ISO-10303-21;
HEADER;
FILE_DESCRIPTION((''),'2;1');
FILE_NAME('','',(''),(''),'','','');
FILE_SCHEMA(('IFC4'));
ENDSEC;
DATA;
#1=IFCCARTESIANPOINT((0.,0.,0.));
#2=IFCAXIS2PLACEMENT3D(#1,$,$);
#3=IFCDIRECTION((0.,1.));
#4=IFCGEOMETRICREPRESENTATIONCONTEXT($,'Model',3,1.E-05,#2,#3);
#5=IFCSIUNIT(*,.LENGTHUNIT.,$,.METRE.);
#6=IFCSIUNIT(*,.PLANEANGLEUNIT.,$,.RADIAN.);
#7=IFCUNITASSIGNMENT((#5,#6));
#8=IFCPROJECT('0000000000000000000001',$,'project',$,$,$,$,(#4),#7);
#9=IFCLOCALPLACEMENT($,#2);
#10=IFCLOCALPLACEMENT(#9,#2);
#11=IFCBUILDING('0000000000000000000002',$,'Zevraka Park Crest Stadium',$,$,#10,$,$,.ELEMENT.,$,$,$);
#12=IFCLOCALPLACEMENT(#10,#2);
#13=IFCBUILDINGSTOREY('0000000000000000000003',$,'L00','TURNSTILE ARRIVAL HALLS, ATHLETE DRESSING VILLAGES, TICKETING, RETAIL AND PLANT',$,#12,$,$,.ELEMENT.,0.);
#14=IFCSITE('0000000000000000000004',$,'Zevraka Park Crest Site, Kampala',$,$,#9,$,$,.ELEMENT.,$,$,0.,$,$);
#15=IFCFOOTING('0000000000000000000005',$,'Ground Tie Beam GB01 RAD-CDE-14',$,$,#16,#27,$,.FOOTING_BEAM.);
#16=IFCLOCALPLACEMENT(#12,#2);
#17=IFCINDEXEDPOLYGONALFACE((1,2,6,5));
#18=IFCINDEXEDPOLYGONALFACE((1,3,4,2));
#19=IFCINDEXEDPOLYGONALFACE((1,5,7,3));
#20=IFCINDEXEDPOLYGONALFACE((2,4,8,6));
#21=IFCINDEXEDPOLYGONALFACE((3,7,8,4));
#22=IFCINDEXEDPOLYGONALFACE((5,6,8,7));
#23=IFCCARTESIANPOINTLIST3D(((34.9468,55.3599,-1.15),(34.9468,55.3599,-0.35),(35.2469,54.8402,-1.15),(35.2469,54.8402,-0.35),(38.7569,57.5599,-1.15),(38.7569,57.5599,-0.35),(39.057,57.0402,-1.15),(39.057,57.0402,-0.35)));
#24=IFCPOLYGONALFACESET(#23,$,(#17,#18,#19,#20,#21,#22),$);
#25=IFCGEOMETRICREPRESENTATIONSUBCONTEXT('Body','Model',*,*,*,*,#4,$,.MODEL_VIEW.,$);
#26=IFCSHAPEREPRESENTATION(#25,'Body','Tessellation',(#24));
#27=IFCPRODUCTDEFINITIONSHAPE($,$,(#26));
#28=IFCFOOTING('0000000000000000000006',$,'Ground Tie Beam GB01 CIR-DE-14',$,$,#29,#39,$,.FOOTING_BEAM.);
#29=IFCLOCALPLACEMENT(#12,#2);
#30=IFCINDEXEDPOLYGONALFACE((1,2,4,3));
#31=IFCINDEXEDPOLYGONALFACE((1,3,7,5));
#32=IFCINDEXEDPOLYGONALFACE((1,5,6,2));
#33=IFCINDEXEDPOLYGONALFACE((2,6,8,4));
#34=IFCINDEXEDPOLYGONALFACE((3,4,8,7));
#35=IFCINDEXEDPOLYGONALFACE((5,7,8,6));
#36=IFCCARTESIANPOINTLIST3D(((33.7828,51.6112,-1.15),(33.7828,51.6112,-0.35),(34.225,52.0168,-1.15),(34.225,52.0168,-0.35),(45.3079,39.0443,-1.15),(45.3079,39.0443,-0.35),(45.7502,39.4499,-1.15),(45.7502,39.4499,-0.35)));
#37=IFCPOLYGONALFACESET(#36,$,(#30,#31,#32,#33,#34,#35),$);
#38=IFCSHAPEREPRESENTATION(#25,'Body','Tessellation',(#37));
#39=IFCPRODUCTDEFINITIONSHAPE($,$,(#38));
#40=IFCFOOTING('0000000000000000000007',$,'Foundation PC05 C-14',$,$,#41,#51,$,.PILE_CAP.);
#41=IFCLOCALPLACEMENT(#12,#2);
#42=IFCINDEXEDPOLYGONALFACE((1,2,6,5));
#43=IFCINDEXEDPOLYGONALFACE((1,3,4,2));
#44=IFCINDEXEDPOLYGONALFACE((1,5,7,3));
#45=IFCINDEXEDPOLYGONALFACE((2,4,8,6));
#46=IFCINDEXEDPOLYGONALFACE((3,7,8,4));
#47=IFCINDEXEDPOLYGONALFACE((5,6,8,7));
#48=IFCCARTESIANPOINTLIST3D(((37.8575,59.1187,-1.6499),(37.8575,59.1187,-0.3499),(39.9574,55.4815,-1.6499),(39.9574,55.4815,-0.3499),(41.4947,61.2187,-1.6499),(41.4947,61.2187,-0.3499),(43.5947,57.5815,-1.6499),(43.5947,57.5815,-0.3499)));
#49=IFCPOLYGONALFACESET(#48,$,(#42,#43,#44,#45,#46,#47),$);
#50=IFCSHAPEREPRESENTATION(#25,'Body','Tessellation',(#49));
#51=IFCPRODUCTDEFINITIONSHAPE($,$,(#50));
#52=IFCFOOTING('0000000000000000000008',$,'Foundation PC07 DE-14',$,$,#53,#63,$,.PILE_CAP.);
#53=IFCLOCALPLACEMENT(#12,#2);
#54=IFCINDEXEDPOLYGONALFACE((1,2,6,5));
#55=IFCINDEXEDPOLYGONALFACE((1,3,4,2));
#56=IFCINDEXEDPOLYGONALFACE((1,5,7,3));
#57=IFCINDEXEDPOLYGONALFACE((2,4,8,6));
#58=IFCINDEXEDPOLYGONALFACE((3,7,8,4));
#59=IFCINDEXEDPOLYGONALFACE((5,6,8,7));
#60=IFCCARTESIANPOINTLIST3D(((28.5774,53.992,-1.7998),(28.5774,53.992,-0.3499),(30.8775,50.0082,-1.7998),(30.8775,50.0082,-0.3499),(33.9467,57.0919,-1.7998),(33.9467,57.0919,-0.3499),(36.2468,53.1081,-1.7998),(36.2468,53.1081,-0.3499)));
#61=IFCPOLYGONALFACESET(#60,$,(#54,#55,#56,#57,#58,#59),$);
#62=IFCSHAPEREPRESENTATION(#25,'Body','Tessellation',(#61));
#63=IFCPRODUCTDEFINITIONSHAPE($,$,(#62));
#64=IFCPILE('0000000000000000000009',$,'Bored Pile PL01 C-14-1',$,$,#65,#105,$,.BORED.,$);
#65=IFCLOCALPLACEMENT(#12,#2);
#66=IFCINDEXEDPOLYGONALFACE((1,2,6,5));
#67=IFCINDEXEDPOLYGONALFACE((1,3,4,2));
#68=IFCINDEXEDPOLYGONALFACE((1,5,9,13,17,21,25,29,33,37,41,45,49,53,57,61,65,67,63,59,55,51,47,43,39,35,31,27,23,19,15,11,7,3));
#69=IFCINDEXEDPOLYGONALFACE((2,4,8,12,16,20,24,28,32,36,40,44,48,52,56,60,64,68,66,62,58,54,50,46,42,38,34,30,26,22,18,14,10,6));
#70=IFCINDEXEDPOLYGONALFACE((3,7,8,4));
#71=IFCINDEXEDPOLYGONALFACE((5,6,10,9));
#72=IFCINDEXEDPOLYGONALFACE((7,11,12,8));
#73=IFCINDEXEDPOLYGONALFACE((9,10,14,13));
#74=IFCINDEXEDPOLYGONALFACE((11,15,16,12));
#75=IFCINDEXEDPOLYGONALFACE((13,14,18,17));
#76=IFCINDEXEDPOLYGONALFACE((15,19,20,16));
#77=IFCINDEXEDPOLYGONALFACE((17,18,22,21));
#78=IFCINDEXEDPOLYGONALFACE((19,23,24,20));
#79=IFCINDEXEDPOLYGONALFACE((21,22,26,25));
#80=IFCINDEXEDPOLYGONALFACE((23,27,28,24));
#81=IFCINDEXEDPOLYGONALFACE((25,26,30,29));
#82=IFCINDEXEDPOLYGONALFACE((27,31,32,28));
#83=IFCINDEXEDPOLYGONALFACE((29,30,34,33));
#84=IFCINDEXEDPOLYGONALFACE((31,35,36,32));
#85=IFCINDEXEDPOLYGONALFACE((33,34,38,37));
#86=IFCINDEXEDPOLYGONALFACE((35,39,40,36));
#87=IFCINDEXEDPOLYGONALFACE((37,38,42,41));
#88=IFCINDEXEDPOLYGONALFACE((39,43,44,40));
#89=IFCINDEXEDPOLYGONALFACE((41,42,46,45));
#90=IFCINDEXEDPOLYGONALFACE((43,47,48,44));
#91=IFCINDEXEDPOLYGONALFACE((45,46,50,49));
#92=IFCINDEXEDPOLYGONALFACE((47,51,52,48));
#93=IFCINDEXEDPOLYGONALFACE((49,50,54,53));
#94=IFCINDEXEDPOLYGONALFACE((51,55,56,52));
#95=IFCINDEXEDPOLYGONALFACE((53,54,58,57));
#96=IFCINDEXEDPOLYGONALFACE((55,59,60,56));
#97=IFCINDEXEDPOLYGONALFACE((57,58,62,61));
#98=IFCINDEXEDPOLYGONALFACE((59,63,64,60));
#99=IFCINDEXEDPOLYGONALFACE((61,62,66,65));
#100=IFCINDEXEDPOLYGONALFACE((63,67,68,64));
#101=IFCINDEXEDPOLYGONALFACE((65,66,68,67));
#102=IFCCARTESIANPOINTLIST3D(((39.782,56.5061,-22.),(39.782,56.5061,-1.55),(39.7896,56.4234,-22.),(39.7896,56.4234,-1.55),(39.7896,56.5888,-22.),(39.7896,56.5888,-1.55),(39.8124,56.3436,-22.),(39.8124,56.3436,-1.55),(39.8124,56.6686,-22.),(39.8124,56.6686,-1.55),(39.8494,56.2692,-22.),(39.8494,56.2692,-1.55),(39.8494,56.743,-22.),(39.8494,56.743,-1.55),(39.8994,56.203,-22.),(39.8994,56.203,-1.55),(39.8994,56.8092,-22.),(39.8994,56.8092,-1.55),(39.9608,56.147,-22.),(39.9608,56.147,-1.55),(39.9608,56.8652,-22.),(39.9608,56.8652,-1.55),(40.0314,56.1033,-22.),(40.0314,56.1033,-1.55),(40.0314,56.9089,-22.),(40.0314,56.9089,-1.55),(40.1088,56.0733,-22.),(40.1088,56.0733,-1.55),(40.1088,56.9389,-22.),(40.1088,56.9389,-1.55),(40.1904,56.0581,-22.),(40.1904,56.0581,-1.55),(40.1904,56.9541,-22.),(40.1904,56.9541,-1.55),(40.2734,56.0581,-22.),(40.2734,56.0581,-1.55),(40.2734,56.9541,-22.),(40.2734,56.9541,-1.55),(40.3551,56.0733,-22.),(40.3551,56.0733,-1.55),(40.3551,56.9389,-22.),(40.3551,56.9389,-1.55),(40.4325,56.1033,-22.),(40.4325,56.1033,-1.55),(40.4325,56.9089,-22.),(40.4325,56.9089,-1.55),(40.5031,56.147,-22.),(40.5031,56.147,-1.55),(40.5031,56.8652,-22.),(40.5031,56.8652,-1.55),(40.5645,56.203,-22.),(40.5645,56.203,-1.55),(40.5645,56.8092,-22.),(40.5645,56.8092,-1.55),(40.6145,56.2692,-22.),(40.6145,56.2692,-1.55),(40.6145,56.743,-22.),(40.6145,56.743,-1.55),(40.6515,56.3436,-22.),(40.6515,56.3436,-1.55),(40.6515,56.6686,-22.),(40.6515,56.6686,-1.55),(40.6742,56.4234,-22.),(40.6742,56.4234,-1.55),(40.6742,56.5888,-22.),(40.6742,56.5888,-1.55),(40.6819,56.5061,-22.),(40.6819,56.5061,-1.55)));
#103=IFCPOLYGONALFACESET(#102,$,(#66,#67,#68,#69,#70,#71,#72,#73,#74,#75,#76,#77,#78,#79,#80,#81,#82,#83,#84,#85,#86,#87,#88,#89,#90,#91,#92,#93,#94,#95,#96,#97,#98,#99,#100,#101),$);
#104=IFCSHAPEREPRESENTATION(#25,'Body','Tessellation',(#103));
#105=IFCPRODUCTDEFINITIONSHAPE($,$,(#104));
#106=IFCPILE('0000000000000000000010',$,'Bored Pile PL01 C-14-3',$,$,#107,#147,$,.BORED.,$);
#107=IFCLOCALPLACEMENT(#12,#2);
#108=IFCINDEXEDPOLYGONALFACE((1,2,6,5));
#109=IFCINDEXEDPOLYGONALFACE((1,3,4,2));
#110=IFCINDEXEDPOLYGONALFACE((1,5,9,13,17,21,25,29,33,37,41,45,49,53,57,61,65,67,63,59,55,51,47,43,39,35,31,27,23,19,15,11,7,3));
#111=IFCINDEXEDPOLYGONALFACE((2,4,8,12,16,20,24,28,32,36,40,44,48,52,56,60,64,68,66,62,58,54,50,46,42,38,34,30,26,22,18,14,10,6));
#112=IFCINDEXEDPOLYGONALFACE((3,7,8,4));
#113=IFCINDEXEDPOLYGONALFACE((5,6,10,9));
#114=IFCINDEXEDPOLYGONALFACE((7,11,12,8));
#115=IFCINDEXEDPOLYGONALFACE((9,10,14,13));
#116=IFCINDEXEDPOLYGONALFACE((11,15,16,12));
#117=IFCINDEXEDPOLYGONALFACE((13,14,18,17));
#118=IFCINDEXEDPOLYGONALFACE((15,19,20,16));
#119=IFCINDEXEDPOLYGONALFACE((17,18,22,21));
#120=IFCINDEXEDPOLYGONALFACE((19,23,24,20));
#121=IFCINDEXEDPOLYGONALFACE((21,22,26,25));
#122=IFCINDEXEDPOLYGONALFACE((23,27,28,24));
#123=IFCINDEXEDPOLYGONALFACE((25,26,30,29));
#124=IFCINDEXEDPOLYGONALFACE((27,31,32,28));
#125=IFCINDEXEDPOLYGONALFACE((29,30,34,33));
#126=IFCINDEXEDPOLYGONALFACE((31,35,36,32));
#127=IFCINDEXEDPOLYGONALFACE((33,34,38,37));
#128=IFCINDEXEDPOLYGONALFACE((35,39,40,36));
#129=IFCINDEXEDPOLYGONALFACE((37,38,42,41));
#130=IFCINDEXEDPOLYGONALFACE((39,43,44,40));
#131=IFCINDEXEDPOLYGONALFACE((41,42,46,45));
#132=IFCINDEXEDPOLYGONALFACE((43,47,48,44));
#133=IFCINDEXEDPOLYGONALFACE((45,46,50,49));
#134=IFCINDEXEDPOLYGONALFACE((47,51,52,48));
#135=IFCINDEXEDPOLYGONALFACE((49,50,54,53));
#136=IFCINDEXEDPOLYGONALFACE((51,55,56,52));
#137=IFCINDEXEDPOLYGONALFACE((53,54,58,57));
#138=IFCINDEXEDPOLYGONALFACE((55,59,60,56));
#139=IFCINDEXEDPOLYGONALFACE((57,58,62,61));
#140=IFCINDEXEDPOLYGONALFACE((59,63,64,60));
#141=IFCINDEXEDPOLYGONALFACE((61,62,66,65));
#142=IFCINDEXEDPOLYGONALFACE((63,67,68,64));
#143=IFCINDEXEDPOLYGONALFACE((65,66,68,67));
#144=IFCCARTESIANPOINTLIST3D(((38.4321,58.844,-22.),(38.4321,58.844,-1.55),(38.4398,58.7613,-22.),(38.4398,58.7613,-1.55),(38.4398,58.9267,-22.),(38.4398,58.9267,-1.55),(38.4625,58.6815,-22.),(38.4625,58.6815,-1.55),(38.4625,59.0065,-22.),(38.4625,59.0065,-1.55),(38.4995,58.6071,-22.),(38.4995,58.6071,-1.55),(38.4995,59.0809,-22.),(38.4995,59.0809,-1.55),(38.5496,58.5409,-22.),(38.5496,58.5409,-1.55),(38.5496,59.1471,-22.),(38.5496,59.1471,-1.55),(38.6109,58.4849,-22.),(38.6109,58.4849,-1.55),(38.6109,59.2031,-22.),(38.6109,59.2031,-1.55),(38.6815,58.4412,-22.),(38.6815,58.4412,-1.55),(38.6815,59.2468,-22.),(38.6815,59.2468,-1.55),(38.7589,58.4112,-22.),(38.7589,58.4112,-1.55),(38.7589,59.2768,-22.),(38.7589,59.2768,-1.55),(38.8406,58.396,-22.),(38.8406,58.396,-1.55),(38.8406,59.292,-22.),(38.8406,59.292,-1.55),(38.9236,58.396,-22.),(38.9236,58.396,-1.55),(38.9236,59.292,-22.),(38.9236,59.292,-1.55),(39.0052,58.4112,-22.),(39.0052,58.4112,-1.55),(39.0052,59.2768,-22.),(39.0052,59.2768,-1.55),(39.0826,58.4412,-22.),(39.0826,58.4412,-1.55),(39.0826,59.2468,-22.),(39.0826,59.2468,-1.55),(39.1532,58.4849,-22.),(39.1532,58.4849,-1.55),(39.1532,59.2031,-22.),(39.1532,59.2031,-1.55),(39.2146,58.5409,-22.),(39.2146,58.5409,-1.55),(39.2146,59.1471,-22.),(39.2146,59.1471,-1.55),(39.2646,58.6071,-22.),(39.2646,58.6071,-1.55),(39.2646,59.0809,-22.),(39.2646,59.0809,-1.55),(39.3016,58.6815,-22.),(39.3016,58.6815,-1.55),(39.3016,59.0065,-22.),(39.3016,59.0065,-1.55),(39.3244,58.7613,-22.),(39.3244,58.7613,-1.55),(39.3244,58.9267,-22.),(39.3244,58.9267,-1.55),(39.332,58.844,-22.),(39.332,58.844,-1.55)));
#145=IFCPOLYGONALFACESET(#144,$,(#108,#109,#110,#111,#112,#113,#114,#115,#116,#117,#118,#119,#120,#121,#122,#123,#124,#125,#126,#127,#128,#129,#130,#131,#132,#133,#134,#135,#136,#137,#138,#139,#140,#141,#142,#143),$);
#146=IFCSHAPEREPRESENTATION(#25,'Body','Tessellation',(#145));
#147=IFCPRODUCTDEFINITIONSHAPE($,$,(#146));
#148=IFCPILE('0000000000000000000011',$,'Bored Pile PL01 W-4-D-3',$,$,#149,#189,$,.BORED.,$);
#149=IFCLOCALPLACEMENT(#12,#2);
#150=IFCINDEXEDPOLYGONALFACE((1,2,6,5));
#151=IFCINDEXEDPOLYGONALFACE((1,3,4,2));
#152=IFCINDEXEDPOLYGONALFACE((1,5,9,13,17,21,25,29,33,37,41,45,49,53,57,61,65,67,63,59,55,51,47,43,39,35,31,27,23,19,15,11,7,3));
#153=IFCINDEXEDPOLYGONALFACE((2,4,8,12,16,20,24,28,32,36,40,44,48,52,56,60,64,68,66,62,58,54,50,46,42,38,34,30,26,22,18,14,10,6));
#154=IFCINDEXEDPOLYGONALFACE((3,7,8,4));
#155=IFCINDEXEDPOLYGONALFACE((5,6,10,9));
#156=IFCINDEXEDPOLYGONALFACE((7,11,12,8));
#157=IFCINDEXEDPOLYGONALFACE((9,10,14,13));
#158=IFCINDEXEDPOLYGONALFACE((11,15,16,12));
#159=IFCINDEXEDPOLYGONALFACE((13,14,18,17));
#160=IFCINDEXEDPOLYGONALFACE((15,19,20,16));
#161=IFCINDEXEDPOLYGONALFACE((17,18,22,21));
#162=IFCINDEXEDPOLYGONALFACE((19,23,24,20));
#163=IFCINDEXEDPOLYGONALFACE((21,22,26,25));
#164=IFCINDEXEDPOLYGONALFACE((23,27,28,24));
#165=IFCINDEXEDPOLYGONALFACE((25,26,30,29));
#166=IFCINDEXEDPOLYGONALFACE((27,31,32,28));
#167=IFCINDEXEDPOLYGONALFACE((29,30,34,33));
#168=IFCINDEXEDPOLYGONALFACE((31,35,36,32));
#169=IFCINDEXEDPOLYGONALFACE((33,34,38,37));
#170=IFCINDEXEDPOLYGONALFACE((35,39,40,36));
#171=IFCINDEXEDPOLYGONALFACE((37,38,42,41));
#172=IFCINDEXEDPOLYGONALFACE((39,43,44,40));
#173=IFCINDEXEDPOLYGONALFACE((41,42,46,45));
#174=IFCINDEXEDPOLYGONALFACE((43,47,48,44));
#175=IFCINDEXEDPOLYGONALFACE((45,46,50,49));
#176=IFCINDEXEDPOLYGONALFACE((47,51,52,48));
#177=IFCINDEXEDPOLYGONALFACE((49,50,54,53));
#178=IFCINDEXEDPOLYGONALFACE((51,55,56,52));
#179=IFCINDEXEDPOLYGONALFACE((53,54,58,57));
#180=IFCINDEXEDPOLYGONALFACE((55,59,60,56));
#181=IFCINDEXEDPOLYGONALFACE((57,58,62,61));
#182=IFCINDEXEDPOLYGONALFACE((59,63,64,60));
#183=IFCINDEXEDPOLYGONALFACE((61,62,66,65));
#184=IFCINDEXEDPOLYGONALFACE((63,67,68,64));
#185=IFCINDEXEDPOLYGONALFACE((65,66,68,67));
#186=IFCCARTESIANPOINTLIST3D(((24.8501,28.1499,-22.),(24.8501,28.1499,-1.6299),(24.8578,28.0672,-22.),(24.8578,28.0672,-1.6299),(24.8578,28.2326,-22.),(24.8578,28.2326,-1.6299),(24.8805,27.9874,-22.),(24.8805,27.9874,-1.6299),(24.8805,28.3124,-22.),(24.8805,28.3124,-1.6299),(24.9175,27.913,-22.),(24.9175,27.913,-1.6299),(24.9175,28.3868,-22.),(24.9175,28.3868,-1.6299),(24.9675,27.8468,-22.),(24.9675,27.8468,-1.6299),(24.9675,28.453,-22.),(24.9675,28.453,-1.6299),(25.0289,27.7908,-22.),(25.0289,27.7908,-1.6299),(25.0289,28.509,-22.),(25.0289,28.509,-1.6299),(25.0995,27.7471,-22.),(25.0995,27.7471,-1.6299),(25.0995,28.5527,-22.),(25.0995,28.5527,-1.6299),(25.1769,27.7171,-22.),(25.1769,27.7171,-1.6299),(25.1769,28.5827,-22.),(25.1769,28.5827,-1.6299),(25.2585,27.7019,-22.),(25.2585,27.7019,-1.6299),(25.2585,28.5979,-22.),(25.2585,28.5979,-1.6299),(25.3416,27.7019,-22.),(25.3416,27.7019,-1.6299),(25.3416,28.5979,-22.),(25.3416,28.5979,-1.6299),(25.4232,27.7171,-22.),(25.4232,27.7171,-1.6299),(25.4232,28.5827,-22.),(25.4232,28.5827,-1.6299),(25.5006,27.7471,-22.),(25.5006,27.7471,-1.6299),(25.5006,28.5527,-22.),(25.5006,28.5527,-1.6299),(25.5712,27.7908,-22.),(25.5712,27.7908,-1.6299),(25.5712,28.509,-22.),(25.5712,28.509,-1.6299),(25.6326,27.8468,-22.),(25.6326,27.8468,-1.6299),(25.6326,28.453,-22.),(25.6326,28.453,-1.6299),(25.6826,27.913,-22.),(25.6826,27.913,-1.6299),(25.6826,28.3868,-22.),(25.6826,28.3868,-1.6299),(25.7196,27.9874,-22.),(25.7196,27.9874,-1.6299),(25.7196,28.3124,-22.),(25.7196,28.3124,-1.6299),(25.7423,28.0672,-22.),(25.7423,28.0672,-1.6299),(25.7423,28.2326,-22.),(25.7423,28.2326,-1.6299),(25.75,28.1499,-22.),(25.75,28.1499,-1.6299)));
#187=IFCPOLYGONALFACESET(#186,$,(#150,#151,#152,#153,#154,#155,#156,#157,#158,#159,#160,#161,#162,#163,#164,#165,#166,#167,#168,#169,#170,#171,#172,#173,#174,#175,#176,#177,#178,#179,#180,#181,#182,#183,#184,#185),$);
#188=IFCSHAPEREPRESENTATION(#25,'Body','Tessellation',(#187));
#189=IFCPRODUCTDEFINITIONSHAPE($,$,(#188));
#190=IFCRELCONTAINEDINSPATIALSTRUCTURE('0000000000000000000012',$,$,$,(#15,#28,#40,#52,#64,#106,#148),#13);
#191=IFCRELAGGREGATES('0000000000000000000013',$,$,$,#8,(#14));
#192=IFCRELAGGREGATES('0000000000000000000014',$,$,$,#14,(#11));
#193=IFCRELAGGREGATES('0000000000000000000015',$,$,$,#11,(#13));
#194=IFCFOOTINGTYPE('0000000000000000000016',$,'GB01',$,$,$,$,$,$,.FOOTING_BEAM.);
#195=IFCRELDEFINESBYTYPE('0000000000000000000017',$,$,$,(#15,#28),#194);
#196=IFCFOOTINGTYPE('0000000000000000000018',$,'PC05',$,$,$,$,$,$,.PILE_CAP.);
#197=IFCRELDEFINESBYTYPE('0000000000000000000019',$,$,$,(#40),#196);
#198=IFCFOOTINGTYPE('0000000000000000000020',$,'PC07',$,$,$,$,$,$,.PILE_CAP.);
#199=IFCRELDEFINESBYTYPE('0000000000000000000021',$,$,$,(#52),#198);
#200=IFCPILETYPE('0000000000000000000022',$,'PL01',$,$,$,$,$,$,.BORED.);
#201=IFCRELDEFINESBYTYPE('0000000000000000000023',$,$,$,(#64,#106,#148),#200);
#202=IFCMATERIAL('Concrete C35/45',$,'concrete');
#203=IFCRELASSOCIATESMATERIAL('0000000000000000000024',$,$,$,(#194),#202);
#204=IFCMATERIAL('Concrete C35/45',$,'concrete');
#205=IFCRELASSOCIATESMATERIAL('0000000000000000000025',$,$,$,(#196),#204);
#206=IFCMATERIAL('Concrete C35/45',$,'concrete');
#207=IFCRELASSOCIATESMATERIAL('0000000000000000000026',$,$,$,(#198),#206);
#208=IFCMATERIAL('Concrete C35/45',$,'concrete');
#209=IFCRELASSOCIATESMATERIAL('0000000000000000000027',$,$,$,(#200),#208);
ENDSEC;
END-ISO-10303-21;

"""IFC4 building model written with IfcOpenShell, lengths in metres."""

from ifc_helpers import new_model, si_unit, direction, frame, origin, origin_2d, place, context, subcontext, project, spatial, rectangle, circle, extrude, material, material_profile, profile_set, type_object, element, save


model = new_model("IFC4")

# Units and contexts
model_context = context("Model", 3, precision=1e-05, world=origin(), true_north=direction((0.0, 1.0)))
body_context = subcontext(model_context, "Body", "Model", "MODEL_VIEW")
ifc_project = project(units=[si_unit("LENGTHUNIT", "METRE"), si_unit("PLANEANGLEUNIT", "RADIAN")], contexts=[model_context])

# Site, building, storey
site_placement = place(None, origin())
site = spatial("IfcSite", under=ifc_project, at=site_placement, Name="Zevraka Park Crest Site, Kampala", CompositionType="ELEMENT", RefElevation=0.0)
building_placement = place(site_placement, origin())
building = spatial("IfcBuilding", under=site, at=building_placement, Name="Zevraka Park Crest Stadium", CompositionType="ELEMENT")
storey_placement = place(building_placement, origin())
storey = spatial("IfcBuildingStorey", under=building, at=storey_placement, Name="L00", Description="TURNSTILE ARRIVAL HALLS, ATHLETE DRESSING VILLAGES, TICKETING, RETAIL AND PLANT", CompositionType="ELEMENT", Elevation=0.0)

# Footings
ifc_material_1 = material(Name="Concrete C35/45", Category="concrete")
ifc_material_profile_1 = material_profile(ifc_material_1, rectangle(XDim=0.6001, YDim=0.8, at=origin_2d()), Name="GB 800x600")
ifc_profile_set_1 = profile_set([ifc_material_profile_1], Name="Concrete C35/45")
footing_type_1 = type_object("IfcFootingType", Name="GB01", PredefinedType="FOOTING_BEAM", material=ifc_profile_set_1)
footing_1_placement = place(storey_placement, frame((38.907, 57.3, -0.75), z_axis=(-0.866004, -0.500036, 0.0), x_axis=(0.500036, -0.866004, 0.0)))
element("IfcFooting", 1, at=footing_1_placement, inside=storey, type_object=footing_type_1, Name="Ground Tie Beam GB01 RAD-CDE-14", PredefinedType="FOOTING_BEAM", context=body_context, shape_type="SweptSolid", body=[
    extrude(rectangle(XDim=0.6001, YDim=0.8, at=origin_2d()), origin(), (0.0, 0.0, 1.0), 4.3997),
])
footing_2_placement = place(storey_placement, frame((34.0039, 51.814, -0.75), z_axis=(0.6759, -0.736994, 0.0), x_axis=(0.736994, 0.6759, 0.0)))
element("IfcFooting", 2, at=footing_2_placement, inside=storey, type_object=footing_type_1, Name="Ground Tie Beam GB01 CIR-DE-14", PredefinedType="FOOTING_BEAM", context=body_context, shape_type="SweptSolid", body=[
    extrude(rectangle(XDim=0.6001, YDim=0.8, at=origin_2d()), origin(), (0.0, 0.0, 1.0), 17.0515),
])
ifc_material_2 = material(Name="Concrete C35/45", Category="concrete")
footing_type_2 = type_object("IfcFootingType", Name="PC05", PredefinedType="PILE_CAP", material=ifc_material_2)
footing_3_placement = place(storey_placement, frame((40.7261, 58.3501, -1.6499), z_axis=(0.0, 0.0, 1.0), x_axis=(0.866025, 0.5, 0.0)))
element("IfcFooting", 3, at=footing_3_placement, inside=storey, type_object=footing_type_2, Name="Foundation PC05 C-14", PredefinedType="PILE_CAP", context=body_context, shape_type="SweptSolid", body=[
    extrude(rectangle(XDim=4.2, YDim=4.2, at=origin_2d()), origin(), (0.0, 0.0, 1.0), 1.3),
])
ifc_material_3 = material(Name="Concrete C35/45", Category="concrete")
footing_type_3 = type_object("IfcFootingType", Name="PC07", PredefinedType="PILE_CAP", material=ifc_material_3)
footing_4_placement = place(storey_placement, frame((32.4121, 53.55, -1.7998), z_axis=(0.0, 0.0, 1.0), x_axis=(0.866025, 0.5, 0.0)))
element("IfcFooting", 4, at=footing_4_placement, inside=storey, type_object=footing_type_3, Name="Foundation PC07 DE-14", PredefinedType="PILE_CAP", context=body_context, shape_type="SweptSolid", body=[
    extrude(rectangle(XDim=6.2, YDim=4.6001, at=origin_2d()), origin(), (0.0, 0.0, 1.0), 1.45),
])

# Piles
ifc_material_4 = material(Name="Concrete C35/45", Category="concrete")
ifc_material_profile_2 = material_profile(ifc_material_4, circle(Radius=0.45, at=origin_2d()), Name="PILE D900")
ifc_profile_set_2 = profile_set([ifc_material_profile_2], Name="Concrete C35/45")
pile_type_1 = type_object("IfcPileType", Name="PL01", PredefinedType="BORED", material=ifc_profile_set_2)
for number, where, z_axis, x_axis, name in (
    (5, (40.2319, 56.5061, -1.55), (0.0, 0.0, -1.0), (1.0, 0.0, 0.0), "Bored Pile PL01 C-14-1"),
    (6, (38.8821, 58.844, -1.55), (0.0, 0.0, -1.0), (1.0, 0.0, 0.0), "Bored Pile PL01 C-14-3"),
):
    element("IfcPile", number, at=place(storey_placement, frame(where, z_axis=z_axis, x_axis=x_axis)), inside=storey, type_object=pile_type_1, Name=name, PredefinedType="BORED", context=body_context, shape_type="SweptSolid", body=[
        extrude(circle(Radius=0.45, at=origin_2d()), origin(), (0.0, 0.0, 1.0), 20.45),
    ])
for number, where, z_axis, x_axis, name in (
    (7, (25.3, 28.1499, -1.6299), (0.0, 0.0, -1.0), (1.0, 0.0, 0.0), "Bored Pile PL01 W-4-D-3"),
):
    element("IfcPile", number, at=place(storey_placement, frame(where, z_axis=z_axis, x_axis=x_axis)), inside=storey, type_object=pile_type_1, Name=name, PredefinedType="BORED", context=body_context, shape_type="SweptSolid", body=[
        extrude(circle(Radius=0.45, at=origin_2d()), origin(), (0.0, 0.0, 1.0), 20.3701),
    ])

save(model, "model.ifc")
